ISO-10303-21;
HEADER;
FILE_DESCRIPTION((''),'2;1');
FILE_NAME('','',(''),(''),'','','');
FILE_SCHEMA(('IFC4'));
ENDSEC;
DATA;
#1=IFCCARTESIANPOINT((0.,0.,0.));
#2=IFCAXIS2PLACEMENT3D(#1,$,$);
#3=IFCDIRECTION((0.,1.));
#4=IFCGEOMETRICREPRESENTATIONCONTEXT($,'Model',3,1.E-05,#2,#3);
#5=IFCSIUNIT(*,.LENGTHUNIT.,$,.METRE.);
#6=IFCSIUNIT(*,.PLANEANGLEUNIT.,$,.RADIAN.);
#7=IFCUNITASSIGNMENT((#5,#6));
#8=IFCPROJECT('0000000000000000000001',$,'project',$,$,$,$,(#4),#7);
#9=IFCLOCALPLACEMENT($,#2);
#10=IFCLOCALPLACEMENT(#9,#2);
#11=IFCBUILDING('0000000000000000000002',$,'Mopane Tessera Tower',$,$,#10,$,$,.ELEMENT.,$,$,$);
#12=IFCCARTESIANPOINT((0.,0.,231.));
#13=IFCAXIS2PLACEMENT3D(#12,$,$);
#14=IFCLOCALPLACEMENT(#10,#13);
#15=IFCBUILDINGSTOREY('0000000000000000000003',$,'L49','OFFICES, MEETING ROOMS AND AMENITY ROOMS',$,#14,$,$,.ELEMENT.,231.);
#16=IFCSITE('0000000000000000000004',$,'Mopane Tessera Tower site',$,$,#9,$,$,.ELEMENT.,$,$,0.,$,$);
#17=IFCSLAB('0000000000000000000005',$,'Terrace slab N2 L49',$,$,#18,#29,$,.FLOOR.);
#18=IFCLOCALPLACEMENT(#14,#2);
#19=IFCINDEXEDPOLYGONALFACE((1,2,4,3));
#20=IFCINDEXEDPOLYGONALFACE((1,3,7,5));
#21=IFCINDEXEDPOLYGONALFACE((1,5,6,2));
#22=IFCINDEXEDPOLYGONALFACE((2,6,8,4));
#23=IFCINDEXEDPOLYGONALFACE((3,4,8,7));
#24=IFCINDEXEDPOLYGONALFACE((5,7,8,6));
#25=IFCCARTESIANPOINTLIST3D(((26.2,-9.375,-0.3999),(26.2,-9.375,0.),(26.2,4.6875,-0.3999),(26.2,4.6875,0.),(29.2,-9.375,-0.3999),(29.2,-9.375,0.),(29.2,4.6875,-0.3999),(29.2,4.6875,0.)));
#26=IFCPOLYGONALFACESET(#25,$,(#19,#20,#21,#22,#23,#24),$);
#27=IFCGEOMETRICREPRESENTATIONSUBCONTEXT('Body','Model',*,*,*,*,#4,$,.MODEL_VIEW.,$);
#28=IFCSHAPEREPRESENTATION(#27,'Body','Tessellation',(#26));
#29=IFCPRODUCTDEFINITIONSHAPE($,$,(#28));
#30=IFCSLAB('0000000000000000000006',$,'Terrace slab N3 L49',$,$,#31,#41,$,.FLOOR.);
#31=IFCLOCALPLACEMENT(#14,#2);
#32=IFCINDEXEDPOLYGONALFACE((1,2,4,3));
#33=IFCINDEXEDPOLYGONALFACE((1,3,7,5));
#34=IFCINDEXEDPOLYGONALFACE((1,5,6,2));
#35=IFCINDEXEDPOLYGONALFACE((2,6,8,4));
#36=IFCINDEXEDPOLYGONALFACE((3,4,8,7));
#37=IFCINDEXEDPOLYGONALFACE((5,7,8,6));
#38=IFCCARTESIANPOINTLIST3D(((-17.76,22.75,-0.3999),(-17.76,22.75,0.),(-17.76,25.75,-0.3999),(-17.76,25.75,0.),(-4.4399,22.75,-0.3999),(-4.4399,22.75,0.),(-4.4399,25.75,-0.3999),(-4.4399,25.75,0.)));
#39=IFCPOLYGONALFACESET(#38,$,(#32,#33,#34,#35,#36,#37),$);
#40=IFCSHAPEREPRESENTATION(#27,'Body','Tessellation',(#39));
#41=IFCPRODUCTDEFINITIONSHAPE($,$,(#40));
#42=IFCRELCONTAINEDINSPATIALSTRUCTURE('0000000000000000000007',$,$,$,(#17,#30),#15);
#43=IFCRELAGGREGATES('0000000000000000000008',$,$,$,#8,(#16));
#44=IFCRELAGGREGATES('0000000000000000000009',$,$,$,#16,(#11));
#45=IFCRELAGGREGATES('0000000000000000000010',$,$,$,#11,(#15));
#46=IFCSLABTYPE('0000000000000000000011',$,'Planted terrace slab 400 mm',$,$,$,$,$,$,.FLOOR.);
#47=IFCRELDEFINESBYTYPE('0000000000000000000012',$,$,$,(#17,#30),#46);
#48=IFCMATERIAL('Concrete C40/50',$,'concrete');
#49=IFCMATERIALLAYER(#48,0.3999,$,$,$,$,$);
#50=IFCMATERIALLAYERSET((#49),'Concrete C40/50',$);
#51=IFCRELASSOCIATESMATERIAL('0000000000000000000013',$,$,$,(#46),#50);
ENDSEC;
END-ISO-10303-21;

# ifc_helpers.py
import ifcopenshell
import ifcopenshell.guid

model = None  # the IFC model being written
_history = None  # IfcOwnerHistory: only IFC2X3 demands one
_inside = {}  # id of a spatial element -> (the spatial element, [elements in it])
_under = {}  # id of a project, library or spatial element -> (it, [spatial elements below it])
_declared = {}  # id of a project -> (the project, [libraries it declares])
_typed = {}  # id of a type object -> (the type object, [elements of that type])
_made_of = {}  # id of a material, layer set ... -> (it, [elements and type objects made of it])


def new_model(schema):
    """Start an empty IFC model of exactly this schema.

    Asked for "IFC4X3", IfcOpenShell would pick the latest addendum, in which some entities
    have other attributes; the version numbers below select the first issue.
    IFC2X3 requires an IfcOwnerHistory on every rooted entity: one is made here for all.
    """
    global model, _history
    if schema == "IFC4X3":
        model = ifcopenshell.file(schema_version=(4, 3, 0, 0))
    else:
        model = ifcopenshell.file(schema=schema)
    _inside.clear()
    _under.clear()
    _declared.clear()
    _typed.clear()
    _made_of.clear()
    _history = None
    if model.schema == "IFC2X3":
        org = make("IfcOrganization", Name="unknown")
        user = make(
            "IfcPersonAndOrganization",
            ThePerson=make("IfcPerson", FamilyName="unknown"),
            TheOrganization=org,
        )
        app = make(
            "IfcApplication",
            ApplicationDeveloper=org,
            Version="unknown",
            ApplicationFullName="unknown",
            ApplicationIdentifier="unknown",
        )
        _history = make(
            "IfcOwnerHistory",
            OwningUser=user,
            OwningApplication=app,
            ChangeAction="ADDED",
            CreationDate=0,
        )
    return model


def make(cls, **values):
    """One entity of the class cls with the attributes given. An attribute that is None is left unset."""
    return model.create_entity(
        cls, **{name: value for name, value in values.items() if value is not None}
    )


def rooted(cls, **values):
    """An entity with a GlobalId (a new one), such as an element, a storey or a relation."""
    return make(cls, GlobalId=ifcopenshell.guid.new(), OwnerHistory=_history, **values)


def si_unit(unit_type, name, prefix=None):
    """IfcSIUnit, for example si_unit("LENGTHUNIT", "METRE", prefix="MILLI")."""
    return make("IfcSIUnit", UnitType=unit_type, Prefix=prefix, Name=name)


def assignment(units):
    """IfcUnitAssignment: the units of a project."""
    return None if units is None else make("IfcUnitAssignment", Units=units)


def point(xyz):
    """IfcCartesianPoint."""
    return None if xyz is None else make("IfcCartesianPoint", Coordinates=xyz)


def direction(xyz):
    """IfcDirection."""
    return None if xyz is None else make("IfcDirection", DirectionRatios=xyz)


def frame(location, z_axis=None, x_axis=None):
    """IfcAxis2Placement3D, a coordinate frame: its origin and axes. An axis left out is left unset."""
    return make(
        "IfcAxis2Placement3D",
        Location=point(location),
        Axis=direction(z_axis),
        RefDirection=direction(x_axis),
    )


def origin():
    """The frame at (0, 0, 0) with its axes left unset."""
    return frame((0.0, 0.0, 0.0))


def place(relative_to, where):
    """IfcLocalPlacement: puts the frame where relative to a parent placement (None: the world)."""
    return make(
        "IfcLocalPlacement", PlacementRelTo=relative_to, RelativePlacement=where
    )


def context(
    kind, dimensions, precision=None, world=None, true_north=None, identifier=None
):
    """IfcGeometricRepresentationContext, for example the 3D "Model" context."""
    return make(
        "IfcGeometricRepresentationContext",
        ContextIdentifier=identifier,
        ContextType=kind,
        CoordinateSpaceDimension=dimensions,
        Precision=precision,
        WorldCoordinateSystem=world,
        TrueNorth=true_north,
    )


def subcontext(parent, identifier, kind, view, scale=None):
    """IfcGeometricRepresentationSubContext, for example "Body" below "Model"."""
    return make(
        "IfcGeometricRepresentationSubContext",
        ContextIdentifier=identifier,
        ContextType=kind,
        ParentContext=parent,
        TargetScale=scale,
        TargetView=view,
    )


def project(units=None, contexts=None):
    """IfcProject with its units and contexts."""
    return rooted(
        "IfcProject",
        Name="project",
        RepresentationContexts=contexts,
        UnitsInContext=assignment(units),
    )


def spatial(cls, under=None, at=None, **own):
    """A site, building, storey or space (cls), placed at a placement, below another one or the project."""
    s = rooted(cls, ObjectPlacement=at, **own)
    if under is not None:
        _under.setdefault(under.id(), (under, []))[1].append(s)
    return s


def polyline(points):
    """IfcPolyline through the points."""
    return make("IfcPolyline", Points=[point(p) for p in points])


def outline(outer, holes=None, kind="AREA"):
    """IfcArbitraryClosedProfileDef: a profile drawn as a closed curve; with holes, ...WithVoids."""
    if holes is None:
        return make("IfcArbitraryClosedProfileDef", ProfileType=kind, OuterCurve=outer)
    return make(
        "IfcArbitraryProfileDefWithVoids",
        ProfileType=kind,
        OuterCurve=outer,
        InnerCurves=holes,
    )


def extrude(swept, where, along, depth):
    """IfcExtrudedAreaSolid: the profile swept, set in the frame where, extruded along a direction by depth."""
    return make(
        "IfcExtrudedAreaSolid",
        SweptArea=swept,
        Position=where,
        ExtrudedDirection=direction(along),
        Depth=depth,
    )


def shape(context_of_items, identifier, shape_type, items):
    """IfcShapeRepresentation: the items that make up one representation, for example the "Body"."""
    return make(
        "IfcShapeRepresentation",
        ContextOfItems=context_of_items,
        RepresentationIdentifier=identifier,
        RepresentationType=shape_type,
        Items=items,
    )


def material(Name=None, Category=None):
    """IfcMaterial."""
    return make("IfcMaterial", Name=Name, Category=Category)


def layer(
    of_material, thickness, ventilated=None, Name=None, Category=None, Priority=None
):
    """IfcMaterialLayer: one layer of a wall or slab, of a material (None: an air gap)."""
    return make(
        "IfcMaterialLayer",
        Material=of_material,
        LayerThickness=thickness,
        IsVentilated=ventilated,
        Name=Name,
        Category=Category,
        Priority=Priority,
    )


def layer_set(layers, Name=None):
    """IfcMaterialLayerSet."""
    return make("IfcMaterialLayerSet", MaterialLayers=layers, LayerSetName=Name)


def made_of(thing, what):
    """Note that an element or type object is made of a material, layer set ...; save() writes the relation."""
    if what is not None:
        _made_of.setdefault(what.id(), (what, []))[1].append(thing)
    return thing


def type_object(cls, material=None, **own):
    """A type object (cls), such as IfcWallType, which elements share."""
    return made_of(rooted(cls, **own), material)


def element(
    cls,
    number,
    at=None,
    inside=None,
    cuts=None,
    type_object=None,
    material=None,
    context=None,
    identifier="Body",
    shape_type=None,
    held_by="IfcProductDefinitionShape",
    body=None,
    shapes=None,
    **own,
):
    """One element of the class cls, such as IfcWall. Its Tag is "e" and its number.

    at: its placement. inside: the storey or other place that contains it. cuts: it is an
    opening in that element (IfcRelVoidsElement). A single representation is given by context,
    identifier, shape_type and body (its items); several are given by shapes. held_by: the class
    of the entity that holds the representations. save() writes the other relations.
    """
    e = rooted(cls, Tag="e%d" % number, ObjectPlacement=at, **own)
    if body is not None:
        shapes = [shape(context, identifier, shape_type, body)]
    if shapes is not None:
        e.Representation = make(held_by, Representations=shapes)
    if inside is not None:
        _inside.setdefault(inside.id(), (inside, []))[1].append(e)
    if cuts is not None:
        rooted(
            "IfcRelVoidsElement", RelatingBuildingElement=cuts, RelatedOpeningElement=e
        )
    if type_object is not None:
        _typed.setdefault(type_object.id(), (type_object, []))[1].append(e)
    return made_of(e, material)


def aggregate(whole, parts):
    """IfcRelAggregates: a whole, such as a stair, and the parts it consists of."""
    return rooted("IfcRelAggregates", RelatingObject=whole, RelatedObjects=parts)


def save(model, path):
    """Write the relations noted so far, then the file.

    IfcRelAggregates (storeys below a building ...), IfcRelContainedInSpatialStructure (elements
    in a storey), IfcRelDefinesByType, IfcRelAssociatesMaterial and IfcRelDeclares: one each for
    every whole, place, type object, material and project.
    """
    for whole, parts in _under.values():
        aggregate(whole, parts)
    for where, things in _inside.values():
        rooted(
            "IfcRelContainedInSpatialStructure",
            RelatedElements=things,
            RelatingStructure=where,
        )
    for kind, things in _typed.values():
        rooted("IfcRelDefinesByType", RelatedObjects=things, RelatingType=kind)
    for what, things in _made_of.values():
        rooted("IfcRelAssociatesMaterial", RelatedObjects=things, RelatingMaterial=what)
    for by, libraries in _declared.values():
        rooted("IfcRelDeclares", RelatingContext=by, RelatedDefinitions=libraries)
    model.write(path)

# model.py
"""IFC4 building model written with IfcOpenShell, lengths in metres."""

from ifc_helpers import new_model, si_unit, direction, frame, origin, place, context, subcontext, project, spatial, polyline, outline, extrude, material, layer, layer_set, type_object, element, save


model = new_model("IFC4")

# Units and contexts
model_context = context("Model", 3, precision=1e-05, world=origin(), true_north=direction((0.0, 1.0)))
body_context = subcontext(model_context, "Body", "Model", "MODEL_VIEW")
ifc_project = project(units=[si_unit("LENGTHUNIT", "METRE"), si_unit("PLANEANGLEUNIT", "RADIAN")], contexts=[model_context])

# Site, building, storey
site_placement = place(None, origin())
site = spatial("IfcSite", under=ifc_project, at=site_placement, Name="Mopane Tessera Tower site", CompositionType="ELEMENT", RefElevation=0.0)
building_placement = place(site_placement, origin())
building = spatial("IfcBuilding", under=site, at=building_placement, Name="Mopane Tessera Tower", CompositionType="ELEMENT")
storey_placement = place(building_placement, frame((0.0, 0.0, 231.0)))
storey = spatial("IfcBuildingStorey", under=building, at=storey_placement, Name="L49", Description="OFFICES, MEETING ROOMS AND AMENITY ROOMS", CompositionType="ELEMENT", Elevation=231.0)

# Slabs
ifc_material_1 = material(Name="Concrete C40/50", Category="concrete")
ifc_layer_1 = layer(ifc_material_1, 0.3999)
ifc_layer_set_1 = layer_set([ifc_layer_1], Name="Concrete C40/50")
slab_type = type_object("IfcSlabType", Name="Planted terrace slab 400 mm", PredefinedType="FLOOR", material=ifc_layer_set_1)
slab_1_placement = place(storey_placement, frame((0.0, 0.0, -0.3999)))
element("IfcSlab", 1, at=slab_1_placement, inside=storey, type_object=slab_type, Name="Terrace slab N2 L49", PredefinedType="FLOOR", context=body_context, shape_type="SweptSolid", body=[
    extrude(outline(polyline([(29.2, 4.6875), (26.2, 4.6875), (26.2, -9.375), (29.2, -9.375), (29.2, 4.6875)])), origin(), (0.0, 0.0, 1.0), 0.3999),
])
slab_2_placement = place(storey_placement, frame((0.0, 0.0, -0.3999)))
element("IfcSlab", 2, at=slab_2_placement, inside=storey, type_object=slab_type, Name="Terrace slab N3 L49", PredefinedType="FLOOR", context=body_context, shape_type="SweptSolid", body=[
    extrude(outline(polyline([(-17.76, 25.75), (-17.76, 22.75), (-4.4399, 22.75), (-4.4399, 25.75), (-17.76, 25.75)])), origin(), (0.0, 0.0, 1.0), 0.3999),
])

save(model, "model.ifc")
